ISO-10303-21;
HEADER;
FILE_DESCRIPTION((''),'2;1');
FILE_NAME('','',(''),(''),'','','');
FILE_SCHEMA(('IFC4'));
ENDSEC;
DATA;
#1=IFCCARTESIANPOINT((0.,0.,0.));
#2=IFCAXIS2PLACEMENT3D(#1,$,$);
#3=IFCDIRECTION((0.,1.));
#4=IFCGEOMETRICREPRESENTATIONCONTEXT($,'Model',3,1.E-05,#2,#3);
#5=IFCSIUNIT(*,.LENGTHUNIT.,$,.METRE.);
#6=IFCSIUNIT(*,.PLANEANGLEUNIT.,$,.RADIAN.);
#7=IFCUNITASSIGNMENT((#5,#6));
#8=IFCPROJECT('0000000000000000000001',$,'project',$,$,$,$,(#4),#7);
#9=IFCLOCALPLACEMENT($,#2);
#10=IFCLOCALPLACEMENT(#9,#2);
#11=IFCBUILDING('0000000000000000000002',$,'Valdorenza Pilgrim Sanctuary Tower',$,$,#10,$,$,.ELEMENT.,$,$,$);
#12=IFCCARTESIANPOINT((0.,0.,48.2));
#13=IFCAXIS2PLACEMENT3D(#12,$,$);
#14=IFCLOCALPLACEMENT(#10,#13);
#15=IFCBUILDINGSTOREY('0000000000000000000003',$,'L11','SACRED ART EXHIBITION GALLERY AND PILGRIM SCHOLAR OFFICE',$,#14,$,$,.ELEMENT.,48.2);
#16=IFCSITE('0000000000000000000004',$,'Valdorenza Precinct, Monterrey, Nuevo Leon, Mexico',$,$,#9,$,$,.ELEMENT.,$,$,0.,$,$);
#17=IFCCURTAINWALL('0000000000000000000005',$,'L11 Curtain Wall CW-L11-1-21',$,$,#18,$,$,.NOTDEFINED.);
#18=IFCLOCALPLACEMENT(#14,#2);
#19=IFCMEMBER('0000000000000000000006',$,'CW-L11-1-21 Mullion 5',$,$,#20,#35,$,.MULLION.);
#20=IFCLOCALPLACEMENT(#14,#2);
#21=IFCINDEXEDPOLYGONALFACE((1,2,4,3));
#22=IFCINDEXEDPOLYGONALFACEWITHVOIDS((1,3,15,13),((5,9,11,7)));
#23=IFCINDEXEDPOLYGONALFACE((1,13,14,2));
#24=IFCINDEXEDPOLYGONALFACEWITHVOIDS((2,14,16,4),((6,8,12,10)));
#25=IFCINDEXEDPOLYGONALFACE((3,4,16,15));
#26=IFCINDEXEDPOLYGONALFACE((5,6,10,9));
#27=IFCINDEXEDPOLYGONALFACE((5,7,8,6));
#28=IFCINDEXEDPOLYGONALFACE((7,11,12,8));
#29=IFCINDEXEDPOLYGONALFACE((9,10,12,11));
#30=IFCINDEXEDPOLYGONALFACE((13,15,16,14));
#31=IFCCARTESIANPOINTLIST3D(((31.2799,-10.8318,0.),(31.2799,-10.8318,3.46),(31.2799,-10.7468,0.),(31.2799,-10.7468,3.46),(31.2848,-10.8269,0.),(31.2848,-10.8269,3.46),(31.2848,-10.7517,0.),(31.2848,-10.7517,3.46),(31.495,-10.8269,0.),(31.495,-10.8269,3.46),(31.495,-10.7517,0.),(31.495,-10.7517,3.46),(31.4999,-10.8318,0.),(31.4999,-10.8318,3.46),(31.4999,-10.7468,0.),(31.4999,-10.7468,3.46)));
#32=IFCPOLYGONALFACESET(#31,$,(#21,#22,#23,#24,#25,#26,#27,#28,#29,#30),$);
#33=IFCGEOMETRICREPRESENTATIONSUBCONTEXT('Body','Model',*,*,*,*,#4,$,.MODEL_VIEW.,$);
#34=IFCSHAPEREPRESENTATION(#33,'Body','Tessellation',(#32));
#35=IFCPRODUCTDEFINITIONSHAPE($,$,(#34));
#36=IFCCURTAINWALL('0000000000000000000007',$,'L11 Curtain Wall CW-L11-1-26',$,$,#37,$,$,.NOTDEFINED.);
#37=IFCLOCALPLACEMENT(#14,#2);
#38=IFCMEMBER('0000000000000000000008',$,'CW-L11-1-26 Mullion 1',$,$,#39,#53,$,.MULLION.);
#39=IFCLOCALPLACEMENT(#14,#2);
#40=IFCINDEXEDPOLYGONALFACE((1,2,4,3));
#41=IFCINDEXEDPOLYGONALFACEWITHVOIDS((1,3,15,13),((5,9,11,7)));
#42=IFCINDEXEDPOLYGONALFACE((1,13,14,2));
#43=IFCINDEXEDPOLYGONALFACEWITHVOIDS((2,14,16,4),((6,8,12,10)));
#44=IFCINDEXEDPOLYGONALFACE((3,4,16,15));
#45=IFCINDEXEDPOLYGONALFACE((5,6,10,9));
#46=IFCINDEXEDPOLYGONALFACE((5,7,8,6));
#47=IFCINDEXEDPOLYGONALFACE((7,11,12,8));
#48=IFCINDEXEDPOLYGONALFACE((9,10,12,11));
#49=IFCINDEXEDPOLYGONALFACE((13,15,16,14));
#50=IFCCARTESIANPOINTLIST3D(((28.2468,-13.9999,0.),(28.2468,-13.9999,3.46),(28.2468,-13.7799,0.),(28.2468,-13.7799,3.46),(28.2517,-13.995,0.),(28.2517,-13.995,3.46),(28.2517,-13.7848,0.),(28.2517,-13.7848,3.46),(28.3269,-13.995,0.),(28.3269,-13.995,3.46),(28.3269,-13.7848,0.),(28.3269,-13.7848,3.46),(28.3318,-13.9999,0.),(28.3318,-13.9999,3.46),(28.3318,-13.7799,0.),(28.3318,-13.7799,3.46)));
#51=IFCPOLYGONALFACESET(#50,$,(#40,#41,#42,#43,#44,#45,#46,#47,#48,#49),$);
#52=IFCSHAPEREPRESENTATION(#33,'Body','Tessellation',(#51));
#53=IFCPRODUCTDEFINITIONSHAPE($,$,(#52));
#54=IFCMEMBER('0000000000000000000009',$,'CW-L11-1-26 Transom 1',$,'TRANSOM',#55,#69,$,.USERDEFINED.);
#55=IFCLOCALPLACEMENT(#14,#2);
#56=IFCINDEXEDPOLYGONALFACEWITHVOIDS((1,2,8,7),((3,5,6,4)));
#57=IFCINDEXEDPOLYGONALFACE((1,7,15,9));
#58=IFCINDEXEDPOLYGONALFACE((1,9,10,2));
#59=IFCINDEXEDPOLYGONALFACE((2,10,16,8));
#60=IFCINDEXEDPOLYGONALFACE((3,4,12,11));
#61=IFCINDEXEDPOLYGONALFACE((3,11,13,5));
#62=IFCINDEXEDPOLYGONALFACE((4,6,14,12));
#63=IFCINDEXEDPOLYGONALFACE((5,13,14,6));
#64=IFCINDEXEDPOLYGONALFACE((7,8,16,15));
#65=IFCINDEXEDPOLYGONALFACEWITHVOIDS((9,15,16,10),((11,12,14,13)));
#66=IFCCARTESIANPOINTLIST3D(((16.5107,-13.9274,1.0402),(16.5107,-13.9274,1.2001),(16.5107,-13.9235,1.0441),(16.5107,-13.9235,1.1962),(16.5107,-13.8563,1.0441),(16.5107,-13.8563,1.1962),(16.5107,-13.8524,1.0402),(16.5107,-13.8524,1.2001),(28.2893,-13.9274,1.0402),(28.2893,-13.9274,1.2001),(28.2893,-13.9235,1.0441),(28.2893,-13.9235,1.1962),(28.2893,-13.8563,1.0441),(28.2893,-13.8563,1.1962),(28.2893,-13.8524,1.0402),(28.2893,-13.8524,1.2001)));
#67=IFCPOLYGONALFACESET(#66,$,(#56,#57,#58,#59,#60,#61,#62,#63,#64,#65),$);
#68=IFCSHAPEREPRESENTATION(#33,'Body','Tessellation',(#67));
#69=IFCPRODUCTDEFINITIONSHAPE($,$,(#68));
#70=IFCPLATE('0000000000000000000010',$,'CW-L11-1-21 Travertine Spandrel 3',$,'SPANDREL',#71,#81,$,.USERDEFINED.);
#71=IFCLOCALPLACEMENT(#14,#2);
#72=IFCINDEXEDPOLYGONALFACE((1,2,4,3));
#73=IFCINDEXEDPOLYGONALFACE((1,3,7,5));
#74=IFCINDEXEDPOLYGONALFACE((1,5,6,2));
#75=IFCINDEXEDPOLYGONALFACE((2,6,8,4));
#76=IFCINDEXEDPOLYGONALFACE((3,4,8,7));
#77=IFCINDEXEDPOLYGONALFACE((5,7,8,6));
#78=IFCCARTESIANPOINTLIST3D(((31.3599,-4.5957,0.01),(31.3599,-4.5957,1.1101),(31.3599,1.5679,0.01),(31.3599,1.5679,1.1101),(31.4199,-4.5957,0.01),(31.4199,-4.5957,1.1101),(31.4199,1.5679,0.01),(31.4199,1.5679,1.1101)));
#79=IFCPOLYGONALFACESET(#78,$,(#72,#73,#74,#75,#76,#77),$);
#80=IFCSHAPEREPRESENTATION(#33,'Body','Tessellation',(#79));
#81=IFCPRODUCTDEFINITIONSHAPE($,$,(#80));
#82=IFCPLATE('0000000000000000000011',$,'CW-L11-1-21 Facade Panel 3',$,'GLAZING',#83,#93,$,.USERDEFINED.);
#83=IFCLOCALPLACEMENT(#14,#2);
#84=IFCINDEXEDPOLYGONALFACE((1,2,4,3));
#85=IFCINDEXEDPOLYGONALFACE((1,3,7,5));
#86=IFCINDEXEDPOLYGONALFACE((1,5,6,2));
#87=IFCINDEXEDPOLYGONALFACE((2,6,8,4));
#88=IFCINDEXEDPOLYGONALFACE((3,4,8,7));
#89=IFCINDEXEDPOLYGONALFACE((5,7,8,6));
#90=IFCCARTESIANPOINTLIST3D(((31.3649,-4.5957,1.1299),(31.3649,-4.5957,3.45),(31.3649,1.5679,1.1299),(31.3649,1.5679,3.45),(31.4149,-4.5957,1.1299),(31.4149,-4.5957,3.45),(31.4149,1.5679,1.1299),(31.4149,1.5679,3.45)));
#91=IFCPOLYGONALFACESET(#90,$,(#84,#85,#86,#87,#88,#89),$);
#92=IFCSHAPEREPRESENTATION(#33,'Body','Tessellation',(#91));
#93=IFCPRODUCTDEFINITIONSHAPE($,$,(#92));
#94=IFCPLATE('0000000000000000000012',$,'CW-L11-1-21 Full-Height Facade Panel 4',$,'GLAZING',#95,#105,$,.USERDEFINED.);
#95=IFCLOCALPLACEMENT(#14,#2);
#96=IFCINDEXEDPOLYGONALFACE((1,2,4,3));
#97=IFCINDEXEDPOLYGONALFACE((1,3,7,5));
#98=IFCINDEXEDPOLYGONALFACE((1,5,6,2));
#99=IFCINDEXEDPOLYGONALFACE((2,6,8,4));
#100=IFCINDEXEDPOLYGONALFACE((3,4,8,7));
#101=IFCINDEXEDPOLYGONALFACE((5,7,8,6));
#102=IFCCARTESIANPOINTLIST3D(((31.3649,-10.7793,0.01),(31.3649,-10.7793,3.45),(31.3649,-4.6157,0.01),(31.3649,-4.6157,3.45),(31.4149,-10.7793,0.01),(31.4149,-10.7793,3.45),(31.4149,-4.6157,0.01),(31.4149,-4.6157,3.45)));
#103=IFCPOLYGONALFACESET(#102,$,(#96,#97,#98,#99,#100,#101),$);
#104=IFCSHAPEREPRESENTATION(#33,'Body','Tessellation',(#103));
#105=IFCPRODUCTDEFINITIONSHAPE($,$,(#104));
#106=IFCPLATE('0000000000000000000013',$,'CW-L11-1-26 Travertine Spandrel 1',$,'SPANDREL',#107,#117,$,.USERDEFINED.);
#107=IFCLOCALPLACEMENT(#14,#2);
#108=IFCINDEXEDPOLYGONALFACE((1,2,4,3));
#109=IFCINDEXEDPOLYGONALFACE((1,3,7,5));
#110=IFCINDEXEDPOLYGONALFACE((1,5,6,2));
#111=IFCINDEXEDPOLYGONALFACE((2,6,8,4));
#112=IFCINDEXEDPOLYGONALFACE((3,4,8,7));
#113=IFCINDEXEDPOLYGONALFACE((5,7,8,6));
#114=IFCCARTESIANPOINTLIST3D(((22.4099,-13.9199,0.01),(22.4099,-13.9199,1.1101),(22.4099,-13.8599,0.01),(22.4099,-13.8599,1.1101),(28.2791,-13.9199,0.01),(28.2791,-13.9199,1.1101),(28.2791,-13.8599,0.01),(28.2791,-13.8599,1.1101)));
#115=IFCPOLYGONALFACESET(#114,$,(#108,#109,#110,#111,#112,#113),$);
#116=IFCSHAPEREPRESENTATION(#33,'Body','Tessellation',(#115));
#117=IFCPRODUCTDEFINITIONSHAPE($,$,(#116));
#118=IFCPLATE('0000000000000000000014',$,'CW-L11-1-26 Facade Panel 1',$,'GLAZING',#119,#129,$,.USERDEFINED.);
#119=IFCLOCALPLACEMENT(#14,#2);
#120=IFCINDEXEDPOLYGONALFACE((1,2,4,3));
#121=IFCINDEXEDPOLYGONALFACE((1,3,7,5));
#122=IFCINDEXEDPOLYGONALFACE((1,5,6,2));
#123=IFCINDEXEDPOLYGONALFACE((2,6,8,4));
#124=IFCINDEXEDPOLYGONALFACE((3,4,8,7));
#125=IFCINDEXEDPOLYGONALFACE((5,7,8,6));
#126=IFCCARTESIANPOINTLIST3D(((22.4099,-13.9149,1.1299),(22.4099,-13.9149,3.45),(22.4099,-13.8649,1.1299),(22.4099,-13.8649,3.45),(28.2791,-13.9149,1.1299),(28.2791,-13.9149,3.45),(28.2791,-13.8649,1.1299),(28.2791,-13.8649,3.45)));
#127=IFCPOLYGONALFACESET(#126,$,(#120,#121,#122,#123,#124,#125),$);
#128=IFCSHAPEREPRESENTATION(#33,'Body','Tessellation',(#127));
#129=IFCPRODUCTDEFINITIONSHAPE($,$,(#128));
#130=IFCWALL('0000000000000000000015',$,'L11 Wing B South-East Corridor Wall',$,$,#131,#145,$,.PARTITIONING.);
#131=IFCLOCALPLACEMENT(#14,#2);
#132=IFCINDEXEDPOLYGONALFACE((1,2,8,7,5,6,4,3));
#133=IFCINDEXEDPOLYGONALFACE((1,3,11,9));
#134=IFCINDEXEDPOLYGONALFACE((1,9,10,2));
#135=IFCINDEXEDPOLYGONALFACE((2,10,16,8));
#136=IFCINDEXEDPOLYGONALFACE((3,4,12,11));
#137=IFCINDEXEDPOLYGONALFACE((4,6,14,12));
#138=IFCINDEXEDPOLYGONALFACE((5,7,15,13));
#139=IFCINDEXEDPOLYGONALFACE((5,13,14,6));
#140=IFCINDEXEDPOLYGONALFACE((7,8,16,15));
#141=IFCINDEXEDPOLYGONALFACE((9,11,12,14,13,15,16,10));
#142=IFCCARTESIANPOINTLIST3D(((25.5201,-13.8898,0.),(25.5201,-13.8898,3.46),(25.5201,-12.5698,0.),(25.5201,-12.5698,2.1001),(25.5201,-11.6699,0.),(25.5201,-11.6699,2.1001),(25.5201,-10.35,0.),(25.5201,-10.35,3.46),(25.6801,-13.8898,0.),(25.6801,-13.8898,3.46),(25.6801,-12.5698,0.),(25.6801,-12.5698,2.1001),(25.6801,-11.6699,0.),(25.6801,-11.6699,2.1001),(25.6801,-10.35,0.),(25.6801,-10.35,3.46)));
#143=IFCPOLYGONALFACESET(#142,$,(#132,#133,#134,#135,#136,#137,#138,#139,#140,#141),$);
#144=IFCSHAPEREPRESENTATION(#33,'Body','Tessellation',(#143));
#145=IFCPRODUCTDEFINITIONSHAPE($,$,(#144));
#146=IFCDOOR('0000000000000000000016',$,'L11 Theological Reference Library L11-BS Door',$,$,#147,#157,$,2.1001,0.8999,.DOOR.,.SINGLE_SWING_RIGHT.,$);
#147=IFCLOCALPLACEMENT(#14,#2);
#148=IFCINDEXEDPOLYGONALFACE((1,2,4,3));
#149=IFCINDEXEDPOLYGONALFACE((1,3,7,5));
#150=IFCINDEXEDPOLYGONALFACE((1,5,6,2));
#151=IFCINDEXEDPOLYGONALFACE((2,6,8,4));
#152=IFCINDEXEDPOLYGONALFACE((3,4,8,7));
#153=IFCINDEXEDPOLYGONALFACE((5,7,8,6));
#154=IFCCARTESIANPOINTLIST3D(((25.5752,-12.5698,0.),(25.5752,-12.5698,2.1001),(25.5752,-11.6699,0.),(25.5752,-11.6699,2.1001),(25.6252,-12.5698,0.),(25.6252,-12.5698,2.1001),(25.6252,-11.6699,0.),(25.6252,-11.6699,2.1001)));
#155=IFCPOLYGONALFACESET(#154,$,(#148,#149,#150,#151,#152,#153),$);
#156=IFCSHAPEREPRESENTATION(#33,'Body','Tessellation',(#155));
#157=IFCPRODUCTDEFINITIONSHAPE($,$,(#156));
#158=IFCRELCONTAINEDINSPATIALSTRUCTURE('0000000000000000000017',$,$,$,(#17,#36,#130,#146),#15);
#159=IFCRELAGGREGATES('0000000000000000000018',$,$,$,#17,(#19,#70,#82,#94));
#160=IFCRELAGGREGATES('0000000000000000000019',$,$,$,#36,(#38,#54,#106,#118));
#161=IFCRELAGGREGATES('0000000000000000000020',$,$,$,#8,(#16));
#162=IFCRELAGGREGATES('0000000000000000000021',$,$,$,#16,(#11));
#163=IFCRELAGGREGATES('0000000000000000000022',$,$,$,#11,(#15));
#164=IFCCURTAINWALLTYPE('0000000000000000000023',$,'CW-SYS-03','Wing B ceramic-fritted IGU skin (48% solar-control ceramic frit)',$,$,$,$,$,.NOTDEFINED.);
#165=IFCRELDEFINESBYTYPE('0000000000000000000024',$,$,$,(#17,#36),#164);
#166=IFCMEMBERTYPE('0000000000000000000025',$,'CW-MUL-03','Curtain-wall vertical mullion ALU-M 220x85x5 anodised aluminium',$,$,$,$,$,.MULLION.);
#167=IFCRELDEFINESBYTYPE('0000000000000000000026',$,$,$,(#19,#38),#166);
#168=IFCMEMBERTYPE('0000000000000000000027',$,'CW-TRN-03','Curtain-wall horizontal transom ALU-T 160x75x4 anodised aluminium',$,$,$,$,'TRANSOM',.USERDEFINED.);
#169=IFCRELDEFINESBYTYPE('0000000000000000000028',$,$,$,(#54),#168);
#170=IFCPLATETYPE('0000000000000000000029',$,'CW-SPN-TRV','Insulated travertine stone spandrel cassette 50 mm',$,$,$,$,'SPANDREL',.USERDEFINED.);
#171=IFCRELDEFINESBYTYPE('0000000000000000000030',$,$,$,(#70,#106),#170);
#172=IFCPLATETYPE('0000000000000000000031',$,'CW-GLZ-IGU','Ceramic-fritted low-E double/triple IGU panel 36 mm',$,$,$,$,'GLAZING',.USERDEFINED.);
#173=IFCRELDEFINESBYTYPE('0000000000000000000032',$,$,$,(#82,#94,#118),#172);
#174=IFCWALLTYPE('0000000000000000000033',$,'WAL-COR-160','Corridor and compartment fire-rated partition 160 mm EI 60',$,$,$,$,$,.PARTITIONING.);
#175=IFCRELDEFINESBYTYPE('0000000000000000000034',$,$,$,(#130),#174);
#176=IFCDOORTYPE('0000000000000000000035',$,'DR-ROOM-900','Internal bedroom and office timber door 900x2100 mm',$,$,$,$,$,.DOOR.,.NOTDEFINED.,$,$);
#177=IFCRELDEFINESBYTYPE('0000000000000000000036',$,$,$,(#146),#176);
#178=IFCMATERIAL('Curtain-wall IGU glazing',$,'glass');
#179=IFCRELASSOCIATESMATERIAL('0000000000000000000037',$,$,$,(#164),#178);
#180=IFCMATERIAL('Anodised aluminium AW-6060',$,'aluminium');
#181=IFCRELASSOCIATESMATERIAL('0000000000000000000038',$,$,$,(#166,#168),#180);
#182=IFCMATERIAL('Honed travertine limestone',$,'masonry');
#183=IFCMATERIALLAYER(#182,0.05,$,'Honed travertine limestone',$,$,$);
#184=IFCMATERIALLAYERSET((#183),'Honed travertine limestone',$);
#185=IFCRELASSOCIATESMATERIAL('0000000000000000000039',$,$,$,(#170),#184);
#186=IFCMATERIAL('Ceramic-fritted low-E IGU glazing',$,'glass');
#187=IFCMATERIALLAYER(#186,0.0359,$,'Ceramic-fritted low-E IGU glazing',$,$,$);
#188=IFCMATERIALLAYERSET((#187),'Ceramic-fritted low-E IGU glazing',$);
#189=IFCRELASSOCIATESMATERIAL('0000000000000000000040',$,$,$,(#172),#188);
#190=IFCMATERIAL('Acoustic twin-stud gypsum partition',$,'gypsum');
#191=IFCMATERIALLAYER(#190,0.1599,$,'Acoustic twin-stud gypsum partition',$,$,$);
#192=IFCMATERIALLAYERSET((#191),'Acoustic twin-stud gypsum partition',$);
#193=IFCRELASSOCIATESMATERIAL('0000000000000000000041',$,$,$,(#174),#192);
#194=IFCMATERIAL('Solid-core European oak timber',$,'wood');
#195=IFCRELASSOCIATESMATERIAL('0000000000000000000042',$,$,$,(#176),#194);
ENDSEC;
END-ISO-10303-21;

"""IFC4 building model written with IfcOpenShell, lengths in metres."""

from ifc_helpers import new_model, si_unit, direction, frame, frame_2d, origin, origin_2d, place, context, subcontext, project, spatial, rectangle, hollow_rectangle, extrude, source, transform, mapped, material, layer, layer_set, material_profile, profile_set, type_object, element, fill, aggregate, save


model = new_model("IFC4")

# Units and contexts
model_context = context("Model", 3, precision=1e-05, world=origin(), true_north=direction((0.0, 1.0)))
body_context = subcontext(model_context, "Body", "Model", "MODEL_VIEW")
ifc_project = project(units=[si_unit("LENGTHUNIT", "METRE"), si_unit("PLANEANGLEUNIT", "RADIAN")], contexts=[model_context])

# Site, building, storey
site_placement = place(None, origin())
site = spatial("IfcSite", under=ifc_project, at=site_placement, Name="Valdorenza Precinct, Monterrey, Nuevo Leon, Mexico", CompositionType="ELEMENT", RefElevation=0.0)
building_placement = place(site_placement, origin())
building = spatial("IfcBuilding", under=site, at=building_placement, Name="Valdorenza Pilgrim Sanctuary Tower", CompositionType="ELEMENT")
storey_placement = place(building_placement, frame((0.0, 0.0, 48.2)))
storey = spatial("IfcBuildingStorey", under=building, at=storey_placement, Name="L11", Description="SACRED ART EXHIBITION GALLERY AND PILGRIM SCHOLAR OFFICE", CompositionType="ELEMENT", Elevation=48.2)

# Curtain walls, members
ifc_material_1 = material(Name="Curtain-wall IGU glazing", Category="glass")
curtain_wall_type = type_object("IfcCurtainWallType", Name="CW-SYS-03", Description="Wing B ceramic-fritted IGU skin (48% solar-control ceramic frit)", PredefinedType="NOTDEFINED", material=ifc_material_1)
curtain_wall_1_placement = place(storey_placement, origin())
curtain_wall_1 = element("IfcCurtainWall", 1, at=curtain_wall_1_placement, inside=storey, type_object=curtain_wall_type, Name="L11 Curtain Wall CW-L11-1-21", PredefinedType="NOTDEFINED")
ifc_material_2 = material(Name="Anodised aluminium AW-6060", Category="aluminium")
ifc_material_profile_1 = material_profile(ifc_material_2, hollow_rectangle(XDim=0.085, YDim=0.22, WallThickness=0.0049, at=origin_2d()), Name="ALU-M 220x85x5")
ifc_profile_set_1 = profile_set([ifc_material_profile_1], Name="Anodised aluminium AW-6060")
member_type_1 = type_object("IfcMemberType", Name="CW-MUL-03", Description="Curtain-wall vertical mullion ALU-M 220x85x5 anodised aluminium", PredefinedType="MULLION", material=ifc_profile_set_1)
shared_shape_1 = source(origin(), body_context, "Body", "SweptSolid", [
    extrude(hollow_rectangle(XDim=0.085, YDim=0.22, WallThickness=0.0049, at=origin_2d()), origin(), (0.0, 0.0, 1.0), 3.46),
])
member_1_placement = place(storey_placement, frame((31.3899, -10.7893, 0.0), z_axis=(0.0, 0.0, 1.0), x_axis=(0.0, -1.0, 0.0)))
member_1 = element("IfcMember", 2, at=member_1_placement, type_object=member_type_1, Name="CW-L11-1-21 Mullion 5", PredefinedType="MULLION", context=body_context, shape_type="MappedRepresentation", body=[
    mapped(shared_shape_1, transform((0.0, 0.0, 0.0), x_axis=(1.0, 0.0, 0.0), y_axis=(0.0, 1.0, 0.0), z_axis=(0.0, 0.0, 1.0), scale=1.0)),
])
curtain_wall_2_placement = place(storey_placement, origin())
curtain_wall_2 = element("IfcCurtainWall", 3, at=curtain_wall_2_placement, inside=storey, type_object=curtain_wall_type, Name="L11 Curtain Wall CW-L11-1-26", PredefinedType="NOTDEFINED")
member_2_placement = place(storey_placement, frame((28.2893, -13.8899, 0.0), z_axis=(0.0, 0.0, 1.0), x_axis=(-1.0, 0.0, 0.0)))
member_2 = element("IfcMember", 4, at=member_2_placement, type_object=member_type_1, Name="CW-L11-1-26 Mullion 1", PredefinedType="MULLION", context=body_context, shape_type="MappedRepresentation", body=[
    mapped(shared_shape_1, transform((0.0, 0.0, 0.0), x_axis=(1.0, 0.0, 0.0), y_axis=(0.0, 1.0, 0.0), z_axis=(0.0, 0.0, 1.0), scale=1.0)),
])
ifc_material_profile_2 = material_profile(ifc_material_2, hollow_rectangle(XDim=0.075, YDim=0.1599, WallThickness=0.0039, at=origin_2d()), Name="ALU-T 160x75x4")
ifc_profile_set_2 = profile_set([ifc_material_profile_2], Name="Anodised aluminium AW-6060")
member_type_2 = type_object("IfcMemberType", Name="CW-TRN-03", Description="Curtain-wall horizontal transom ALU-T 160x75x4 anodised aluminium", ElementType="TRANSOM", PredefinedType="USERDEFINED", material=ifc_profile_set_2)
shared_shape_2 = source(origin(), body_context, "Body", "SweptSolid", [
    extrude(hollow_rectangle(XDim=0.075, YDim=0.1599, WallThickness=0.0039, at=origin_2d()), origin(), (0.0, 0.0, 1.0), 11.7786),
])
member_3_placement = place(storey_placement, frame((28.2893, -13.8899, 1.1201), z_axis=(-1.0, 0.0, 0.0), x_axis=(0.0, -1.0, 0.0)))
member_3 = element("IfcMember", 5, at=member_3_placement, type_object=member_type_2, Name="CW-L11-1-26 Transom 1", ObjectType="TRANSOM", PredefinedType="USERDEFINED", context=body_context, shape_type="MappedRepresentation", body=[
    mapped(shared_shape_2, transform((0.0, 0.0, 0.0), x_axis=(1.0, 0.0, 0.0), y_axis=(0.0, 1.0, 0.0), z_axis=(0.0, 0.0, 1.0), scale=1.0)),
])

# Plates
ifc_material_3 = material(Name="Honed travertine limestone", Category="masonry")
ifc_layer_1 = layer(ifc_material_3, 0.05, Name="Honed travertine limestone")
ifc_layer_set_1 = layer_set([ifc_layer_1], Name="Honed travertine limestone")
plate_type_1 = type_object("IfcPlateType", Name="CW-SPN-TRV", Description="Insulated travertine stone spandrel cassette 50 mm", ElementType="SPANDREL", PredefinedType="USERDEFINED", material=ifc_layer_set_1)
shared_shape_3 = source(origin(), body_context, "Body", "SweptSolid", [
    extrude(rectangle(XDim=6.1636, YDim=0.0601, at=origin_2d()), origin(), (0.0, 0.0, 1.0), 1.1001),
])
plate_1_placement = place(storey_placement, frame((31.3899, -1.5139, 0.01), z_axis=(0.0, 0.0, 1.0), x_axis=(0.0, -1.0, 0.0)))
plate_1 = element("IfcPlate", 6, at=plate_1_placement, type_object=plate_type_1, Name="CW-L11-1-21 Travertine Spandrel 3", ObjectType="SPANDREL", PredefinedType="USERDEFINED", context=body_context, shape_type="MappedRepresentation", body=[
    mapped(shared_shape_3, transform((0.0, 0.0, 0.0), x_axis=(1.0, 0.0, 0.0), y_axis=(0.0, 1.0, 0.0), z_axis=(0.0, 0.0, 1.0), scale=1.0)),
])
ifc_material_4 = material(Name="Ceramic-fritted low-E IGU glazing", Category="glass")
ifc_layer_2 = layer(ifc_material_4, 0.0359, Name="Ceramic-fritted low-E IGU glazing")
ifc_layer_set_2 = layer_set([ifc_layer_2], Name="Ceramic-fritted low-E IGU glazing")
plate_type_2 = type_object("IfcPlateType", Name="CW-GLZ-IGU", Description="Ceramic-fritted low-E double/triple IGU panel 36 mm", ElementType="GLAZING", PredefinedType="USERDEFINED", material=ifc_layer_set_2)
shared_shape_4 = source(origin(), body_context, "Body", "SweptSolid", [
    extrude(rectangle(XDim=6.1636, YDim=0.05, at=origin_2d()), origin(), (0.0, 0.0, 1.0), 2.3201),
])
plate_2_placement = place(storey_placement, frame((31.3899, -1.5139, 1.1299), z_axis=(0.0, 0.0, 1.0), x_axis=(0.0, -1.0, 0.0)))
plate_2 = element("IfcPlate", 7, at=plate_2_placement, type_object=plate_type_2, Name="CW-L11-1-21 Facade Panel 3", ObjectType="GLAZING", PredefinedType="USERDEFINED", context=body_context, shape_type="MappedRepresentation", body=[
    mapped(shared_shape_4, transform((0.0, 0.0, 0.0), x_axis=(1.0, 0.0, 0.0), y_axis=(0.0, 1.0, 0.0), z_axis=(0.0, 0.0, 1.0), scale=1.0)),
])
shared_shape_5 = source(origin(), body_context, "Body", "SweptSolid", [
    extrude(rectangle(XDim=6.1636, YDim=0.05, at=origin_2d()), origin(), (0.0, 0.0, 1.0), 3.4399),
])
plate_3_placement = place(storey_placement, frame((31.3899, -7.6975, 0.01), z_axis=(0.0, 0.0, 1.0), x_axis=(0.0, -1.0, 0.0)))
plate_3 = element("IfcPlate", 8, at=plate_3_placement, type_object=plate_type_2, Name="CW-L11-1-21 Full-Height Facade Panel 4", ObjectType="GLAZING", PredefinedType="USERDEFINED", context=body_context, shape_type="MappedRepresentation", body=[
    mapped(shared_shape_5, transform((0.0, 0.0, 0.0), x_axis=(1.0, 0.0, 0.0), y_axis=(0.0, 1.0, 0.0), z_axis=(0.0, 0.0, 1.0), scale=1.0)),
])
aggregate(curtain_wall_1, [member_1, plate_1, plate_2, plate_3])
shared_shape_6 = source(origin(), body_context, "Body", "SweptSolid", [
    extrude(rectangle(XDim=5.8691, YDim=0.0601, at=origin_2d()), origin(), (0.0, 0.0, 1.0), 1.1001),
])
plate_4_placement = place(storey_placement, frame((25.3445, -13.8899, 0.01), z_axis=(0.0, 0.0, 1.0), x_axis=(-1.0, 0.0, 0.0)))
plate_4 = element("IfcPlate", 9, at=plate_4_placement, type_object=plate_type_1, Name="CW-L11-1-26 Travertine Spandrel 1", ObjectType="SPANDREL", PredefinedType="USERDEFINED", context=body_context, shape_type="MappedRepresentation", body=[
    mapped(shared_shape_6, transform((0.0, 0.0, 0.0), x_axis=(1.0, 0.0, 0.0), y_axis=(0.0, 1.0, 0.0), z_axis=(0.0, 0.0, 1.0), scale=1.0)),
])
shared_shape_7 = source(origin(), body_context, "Body", "SweptSolid", [
    extrude(rectangle(XDim=5.8691, YDim=0.05, at=origin_2d()), origin(), (0.0, 0.0, 1.0), 2.3201),
])
plate_5_placement = place(storey_placement, frame((25.3445, -13.8899, 1.1299), z_axis=(0.0, 0.0, 1.0), x_axis=(-1.0, 0.0, 0.0)))
plate_5 = element("IfcPlate", 10, at=plate_5_placement, type_object=plate_type_2, Name="CW-L11-1-26 Facade Panel 1", ObjectType="GLAZING", PredefinedType="USERDEFINED", context=body_context, shape_type="MappedRepresentation", body=[
    mapped(shared_shape_7, transform((0.0, 0.0, 0.0), x_axis=(1.0, 0.0, 0.0), y_axis=(0.0, 1.0, 0.0), z_axis=(0.0, 0.0, 1.0), scale=1.0)),
])
aggregate(curtain_wall_2, [member_2, member_3, plate_4, plate_5])

# Wall, opening, door
ifc_material_5 = material(Name="Acoustic twin-stud gypsum partition", Category="gypsum")
ifc_layer_3 = layer(ifc_material_5, 0.1599, Name="Acoustic twin-stud gypsum partition")
ifc_layer_set_3 = layer_set([ifc_layer_3], Name="Acoustic twin-stud gypsum partition")
wall_type_1 = type_object("IfcWallType", Name="WAL-COR-160", Description="Corridor and compartment fire-rated partition 160 mm EI 60", PredefinedType="PARTITIONING", material=ifc_layer_set_3)
wall_1_placement = place(storey_placement, frame((25.6001, -13.8899, 0.0), z_axis=(0.0, 0.0, 1.0), x_axis=(0.0, 1.0, 0.0)))
wall_1 = element("IfcWall", 11, at=wall_1_placement, inside=storey, type_object=wall_type_1, Name="L11 Wing B South-East Corridor Wall", PredefinedType="PARTITIONING", context=body_context, shape_type="SweptSolid", body=[
    extrude(rectangle(XDim=3.5398, YDim=0.1599, at=frame_2d((1.77, 0.0))), origin(), (0.0, 0.0, 1.0), 3.46),
])
opening_1_placement = place(wall_1_placement, frame((1.3201, 0.0, 0.0)))
opening_1 = element("IfcOpeningElement", 12, at=opening_1_placement, cuts=wall_1, PredefinedType="OPENING", context=body_context, shape_type="SweptSolid", body=[
    extrude(rectangle(XDim=0.8999, YDim=2.1001, at=frame_2d((0.45, 1.05))), frame((0.0, 0.0947, 0.0), z_axis=(0.0, -1.0, 0.0), x_axis=(1.0, 0.0, 0.0)), (0.0, 0.0, 1.0), 0.1897),
])
ifc_material_6 = material(Name="Solid-core European oak timber", Category="wood")
door_type_1 = type_object("IfcDoorType", Name="DR-ROOM-900", Description="Internal bedroom and office timber door 900x2100 mm", OperationType="NOTDEFINED", PredefinedType="DOOR", material=ifc_material_6)
door_1_placement = place(opening_1_placement, origin())
door_1 = element("IfcDoor", 13, at=door_1_placement, inside=storey, type_object=door_type_1, Name="L11 Theological Reference Library L11-BS Door", OperationType="SINGLE_SWING_RIGHT", OverallHeight=2.1001, OverallWidth=0.8999, PredefinedType="DOOR", context=body_context, shape_type="SweptSolid", body=[
    extrude(rectangle(XDim=0.8999, YDim=2.1001, at=frame_2d((0.45, 1.05))), frame((0.0, 0.0249, 0.0), z_axis=(0.0, -1.0, 0.0), x_axis=(1.0, 0.0, 0.0)), (0.0, 0.0, 1.0), 0.05),
])
fill(opening_1, door_1)

save(model, "model.ifc")
